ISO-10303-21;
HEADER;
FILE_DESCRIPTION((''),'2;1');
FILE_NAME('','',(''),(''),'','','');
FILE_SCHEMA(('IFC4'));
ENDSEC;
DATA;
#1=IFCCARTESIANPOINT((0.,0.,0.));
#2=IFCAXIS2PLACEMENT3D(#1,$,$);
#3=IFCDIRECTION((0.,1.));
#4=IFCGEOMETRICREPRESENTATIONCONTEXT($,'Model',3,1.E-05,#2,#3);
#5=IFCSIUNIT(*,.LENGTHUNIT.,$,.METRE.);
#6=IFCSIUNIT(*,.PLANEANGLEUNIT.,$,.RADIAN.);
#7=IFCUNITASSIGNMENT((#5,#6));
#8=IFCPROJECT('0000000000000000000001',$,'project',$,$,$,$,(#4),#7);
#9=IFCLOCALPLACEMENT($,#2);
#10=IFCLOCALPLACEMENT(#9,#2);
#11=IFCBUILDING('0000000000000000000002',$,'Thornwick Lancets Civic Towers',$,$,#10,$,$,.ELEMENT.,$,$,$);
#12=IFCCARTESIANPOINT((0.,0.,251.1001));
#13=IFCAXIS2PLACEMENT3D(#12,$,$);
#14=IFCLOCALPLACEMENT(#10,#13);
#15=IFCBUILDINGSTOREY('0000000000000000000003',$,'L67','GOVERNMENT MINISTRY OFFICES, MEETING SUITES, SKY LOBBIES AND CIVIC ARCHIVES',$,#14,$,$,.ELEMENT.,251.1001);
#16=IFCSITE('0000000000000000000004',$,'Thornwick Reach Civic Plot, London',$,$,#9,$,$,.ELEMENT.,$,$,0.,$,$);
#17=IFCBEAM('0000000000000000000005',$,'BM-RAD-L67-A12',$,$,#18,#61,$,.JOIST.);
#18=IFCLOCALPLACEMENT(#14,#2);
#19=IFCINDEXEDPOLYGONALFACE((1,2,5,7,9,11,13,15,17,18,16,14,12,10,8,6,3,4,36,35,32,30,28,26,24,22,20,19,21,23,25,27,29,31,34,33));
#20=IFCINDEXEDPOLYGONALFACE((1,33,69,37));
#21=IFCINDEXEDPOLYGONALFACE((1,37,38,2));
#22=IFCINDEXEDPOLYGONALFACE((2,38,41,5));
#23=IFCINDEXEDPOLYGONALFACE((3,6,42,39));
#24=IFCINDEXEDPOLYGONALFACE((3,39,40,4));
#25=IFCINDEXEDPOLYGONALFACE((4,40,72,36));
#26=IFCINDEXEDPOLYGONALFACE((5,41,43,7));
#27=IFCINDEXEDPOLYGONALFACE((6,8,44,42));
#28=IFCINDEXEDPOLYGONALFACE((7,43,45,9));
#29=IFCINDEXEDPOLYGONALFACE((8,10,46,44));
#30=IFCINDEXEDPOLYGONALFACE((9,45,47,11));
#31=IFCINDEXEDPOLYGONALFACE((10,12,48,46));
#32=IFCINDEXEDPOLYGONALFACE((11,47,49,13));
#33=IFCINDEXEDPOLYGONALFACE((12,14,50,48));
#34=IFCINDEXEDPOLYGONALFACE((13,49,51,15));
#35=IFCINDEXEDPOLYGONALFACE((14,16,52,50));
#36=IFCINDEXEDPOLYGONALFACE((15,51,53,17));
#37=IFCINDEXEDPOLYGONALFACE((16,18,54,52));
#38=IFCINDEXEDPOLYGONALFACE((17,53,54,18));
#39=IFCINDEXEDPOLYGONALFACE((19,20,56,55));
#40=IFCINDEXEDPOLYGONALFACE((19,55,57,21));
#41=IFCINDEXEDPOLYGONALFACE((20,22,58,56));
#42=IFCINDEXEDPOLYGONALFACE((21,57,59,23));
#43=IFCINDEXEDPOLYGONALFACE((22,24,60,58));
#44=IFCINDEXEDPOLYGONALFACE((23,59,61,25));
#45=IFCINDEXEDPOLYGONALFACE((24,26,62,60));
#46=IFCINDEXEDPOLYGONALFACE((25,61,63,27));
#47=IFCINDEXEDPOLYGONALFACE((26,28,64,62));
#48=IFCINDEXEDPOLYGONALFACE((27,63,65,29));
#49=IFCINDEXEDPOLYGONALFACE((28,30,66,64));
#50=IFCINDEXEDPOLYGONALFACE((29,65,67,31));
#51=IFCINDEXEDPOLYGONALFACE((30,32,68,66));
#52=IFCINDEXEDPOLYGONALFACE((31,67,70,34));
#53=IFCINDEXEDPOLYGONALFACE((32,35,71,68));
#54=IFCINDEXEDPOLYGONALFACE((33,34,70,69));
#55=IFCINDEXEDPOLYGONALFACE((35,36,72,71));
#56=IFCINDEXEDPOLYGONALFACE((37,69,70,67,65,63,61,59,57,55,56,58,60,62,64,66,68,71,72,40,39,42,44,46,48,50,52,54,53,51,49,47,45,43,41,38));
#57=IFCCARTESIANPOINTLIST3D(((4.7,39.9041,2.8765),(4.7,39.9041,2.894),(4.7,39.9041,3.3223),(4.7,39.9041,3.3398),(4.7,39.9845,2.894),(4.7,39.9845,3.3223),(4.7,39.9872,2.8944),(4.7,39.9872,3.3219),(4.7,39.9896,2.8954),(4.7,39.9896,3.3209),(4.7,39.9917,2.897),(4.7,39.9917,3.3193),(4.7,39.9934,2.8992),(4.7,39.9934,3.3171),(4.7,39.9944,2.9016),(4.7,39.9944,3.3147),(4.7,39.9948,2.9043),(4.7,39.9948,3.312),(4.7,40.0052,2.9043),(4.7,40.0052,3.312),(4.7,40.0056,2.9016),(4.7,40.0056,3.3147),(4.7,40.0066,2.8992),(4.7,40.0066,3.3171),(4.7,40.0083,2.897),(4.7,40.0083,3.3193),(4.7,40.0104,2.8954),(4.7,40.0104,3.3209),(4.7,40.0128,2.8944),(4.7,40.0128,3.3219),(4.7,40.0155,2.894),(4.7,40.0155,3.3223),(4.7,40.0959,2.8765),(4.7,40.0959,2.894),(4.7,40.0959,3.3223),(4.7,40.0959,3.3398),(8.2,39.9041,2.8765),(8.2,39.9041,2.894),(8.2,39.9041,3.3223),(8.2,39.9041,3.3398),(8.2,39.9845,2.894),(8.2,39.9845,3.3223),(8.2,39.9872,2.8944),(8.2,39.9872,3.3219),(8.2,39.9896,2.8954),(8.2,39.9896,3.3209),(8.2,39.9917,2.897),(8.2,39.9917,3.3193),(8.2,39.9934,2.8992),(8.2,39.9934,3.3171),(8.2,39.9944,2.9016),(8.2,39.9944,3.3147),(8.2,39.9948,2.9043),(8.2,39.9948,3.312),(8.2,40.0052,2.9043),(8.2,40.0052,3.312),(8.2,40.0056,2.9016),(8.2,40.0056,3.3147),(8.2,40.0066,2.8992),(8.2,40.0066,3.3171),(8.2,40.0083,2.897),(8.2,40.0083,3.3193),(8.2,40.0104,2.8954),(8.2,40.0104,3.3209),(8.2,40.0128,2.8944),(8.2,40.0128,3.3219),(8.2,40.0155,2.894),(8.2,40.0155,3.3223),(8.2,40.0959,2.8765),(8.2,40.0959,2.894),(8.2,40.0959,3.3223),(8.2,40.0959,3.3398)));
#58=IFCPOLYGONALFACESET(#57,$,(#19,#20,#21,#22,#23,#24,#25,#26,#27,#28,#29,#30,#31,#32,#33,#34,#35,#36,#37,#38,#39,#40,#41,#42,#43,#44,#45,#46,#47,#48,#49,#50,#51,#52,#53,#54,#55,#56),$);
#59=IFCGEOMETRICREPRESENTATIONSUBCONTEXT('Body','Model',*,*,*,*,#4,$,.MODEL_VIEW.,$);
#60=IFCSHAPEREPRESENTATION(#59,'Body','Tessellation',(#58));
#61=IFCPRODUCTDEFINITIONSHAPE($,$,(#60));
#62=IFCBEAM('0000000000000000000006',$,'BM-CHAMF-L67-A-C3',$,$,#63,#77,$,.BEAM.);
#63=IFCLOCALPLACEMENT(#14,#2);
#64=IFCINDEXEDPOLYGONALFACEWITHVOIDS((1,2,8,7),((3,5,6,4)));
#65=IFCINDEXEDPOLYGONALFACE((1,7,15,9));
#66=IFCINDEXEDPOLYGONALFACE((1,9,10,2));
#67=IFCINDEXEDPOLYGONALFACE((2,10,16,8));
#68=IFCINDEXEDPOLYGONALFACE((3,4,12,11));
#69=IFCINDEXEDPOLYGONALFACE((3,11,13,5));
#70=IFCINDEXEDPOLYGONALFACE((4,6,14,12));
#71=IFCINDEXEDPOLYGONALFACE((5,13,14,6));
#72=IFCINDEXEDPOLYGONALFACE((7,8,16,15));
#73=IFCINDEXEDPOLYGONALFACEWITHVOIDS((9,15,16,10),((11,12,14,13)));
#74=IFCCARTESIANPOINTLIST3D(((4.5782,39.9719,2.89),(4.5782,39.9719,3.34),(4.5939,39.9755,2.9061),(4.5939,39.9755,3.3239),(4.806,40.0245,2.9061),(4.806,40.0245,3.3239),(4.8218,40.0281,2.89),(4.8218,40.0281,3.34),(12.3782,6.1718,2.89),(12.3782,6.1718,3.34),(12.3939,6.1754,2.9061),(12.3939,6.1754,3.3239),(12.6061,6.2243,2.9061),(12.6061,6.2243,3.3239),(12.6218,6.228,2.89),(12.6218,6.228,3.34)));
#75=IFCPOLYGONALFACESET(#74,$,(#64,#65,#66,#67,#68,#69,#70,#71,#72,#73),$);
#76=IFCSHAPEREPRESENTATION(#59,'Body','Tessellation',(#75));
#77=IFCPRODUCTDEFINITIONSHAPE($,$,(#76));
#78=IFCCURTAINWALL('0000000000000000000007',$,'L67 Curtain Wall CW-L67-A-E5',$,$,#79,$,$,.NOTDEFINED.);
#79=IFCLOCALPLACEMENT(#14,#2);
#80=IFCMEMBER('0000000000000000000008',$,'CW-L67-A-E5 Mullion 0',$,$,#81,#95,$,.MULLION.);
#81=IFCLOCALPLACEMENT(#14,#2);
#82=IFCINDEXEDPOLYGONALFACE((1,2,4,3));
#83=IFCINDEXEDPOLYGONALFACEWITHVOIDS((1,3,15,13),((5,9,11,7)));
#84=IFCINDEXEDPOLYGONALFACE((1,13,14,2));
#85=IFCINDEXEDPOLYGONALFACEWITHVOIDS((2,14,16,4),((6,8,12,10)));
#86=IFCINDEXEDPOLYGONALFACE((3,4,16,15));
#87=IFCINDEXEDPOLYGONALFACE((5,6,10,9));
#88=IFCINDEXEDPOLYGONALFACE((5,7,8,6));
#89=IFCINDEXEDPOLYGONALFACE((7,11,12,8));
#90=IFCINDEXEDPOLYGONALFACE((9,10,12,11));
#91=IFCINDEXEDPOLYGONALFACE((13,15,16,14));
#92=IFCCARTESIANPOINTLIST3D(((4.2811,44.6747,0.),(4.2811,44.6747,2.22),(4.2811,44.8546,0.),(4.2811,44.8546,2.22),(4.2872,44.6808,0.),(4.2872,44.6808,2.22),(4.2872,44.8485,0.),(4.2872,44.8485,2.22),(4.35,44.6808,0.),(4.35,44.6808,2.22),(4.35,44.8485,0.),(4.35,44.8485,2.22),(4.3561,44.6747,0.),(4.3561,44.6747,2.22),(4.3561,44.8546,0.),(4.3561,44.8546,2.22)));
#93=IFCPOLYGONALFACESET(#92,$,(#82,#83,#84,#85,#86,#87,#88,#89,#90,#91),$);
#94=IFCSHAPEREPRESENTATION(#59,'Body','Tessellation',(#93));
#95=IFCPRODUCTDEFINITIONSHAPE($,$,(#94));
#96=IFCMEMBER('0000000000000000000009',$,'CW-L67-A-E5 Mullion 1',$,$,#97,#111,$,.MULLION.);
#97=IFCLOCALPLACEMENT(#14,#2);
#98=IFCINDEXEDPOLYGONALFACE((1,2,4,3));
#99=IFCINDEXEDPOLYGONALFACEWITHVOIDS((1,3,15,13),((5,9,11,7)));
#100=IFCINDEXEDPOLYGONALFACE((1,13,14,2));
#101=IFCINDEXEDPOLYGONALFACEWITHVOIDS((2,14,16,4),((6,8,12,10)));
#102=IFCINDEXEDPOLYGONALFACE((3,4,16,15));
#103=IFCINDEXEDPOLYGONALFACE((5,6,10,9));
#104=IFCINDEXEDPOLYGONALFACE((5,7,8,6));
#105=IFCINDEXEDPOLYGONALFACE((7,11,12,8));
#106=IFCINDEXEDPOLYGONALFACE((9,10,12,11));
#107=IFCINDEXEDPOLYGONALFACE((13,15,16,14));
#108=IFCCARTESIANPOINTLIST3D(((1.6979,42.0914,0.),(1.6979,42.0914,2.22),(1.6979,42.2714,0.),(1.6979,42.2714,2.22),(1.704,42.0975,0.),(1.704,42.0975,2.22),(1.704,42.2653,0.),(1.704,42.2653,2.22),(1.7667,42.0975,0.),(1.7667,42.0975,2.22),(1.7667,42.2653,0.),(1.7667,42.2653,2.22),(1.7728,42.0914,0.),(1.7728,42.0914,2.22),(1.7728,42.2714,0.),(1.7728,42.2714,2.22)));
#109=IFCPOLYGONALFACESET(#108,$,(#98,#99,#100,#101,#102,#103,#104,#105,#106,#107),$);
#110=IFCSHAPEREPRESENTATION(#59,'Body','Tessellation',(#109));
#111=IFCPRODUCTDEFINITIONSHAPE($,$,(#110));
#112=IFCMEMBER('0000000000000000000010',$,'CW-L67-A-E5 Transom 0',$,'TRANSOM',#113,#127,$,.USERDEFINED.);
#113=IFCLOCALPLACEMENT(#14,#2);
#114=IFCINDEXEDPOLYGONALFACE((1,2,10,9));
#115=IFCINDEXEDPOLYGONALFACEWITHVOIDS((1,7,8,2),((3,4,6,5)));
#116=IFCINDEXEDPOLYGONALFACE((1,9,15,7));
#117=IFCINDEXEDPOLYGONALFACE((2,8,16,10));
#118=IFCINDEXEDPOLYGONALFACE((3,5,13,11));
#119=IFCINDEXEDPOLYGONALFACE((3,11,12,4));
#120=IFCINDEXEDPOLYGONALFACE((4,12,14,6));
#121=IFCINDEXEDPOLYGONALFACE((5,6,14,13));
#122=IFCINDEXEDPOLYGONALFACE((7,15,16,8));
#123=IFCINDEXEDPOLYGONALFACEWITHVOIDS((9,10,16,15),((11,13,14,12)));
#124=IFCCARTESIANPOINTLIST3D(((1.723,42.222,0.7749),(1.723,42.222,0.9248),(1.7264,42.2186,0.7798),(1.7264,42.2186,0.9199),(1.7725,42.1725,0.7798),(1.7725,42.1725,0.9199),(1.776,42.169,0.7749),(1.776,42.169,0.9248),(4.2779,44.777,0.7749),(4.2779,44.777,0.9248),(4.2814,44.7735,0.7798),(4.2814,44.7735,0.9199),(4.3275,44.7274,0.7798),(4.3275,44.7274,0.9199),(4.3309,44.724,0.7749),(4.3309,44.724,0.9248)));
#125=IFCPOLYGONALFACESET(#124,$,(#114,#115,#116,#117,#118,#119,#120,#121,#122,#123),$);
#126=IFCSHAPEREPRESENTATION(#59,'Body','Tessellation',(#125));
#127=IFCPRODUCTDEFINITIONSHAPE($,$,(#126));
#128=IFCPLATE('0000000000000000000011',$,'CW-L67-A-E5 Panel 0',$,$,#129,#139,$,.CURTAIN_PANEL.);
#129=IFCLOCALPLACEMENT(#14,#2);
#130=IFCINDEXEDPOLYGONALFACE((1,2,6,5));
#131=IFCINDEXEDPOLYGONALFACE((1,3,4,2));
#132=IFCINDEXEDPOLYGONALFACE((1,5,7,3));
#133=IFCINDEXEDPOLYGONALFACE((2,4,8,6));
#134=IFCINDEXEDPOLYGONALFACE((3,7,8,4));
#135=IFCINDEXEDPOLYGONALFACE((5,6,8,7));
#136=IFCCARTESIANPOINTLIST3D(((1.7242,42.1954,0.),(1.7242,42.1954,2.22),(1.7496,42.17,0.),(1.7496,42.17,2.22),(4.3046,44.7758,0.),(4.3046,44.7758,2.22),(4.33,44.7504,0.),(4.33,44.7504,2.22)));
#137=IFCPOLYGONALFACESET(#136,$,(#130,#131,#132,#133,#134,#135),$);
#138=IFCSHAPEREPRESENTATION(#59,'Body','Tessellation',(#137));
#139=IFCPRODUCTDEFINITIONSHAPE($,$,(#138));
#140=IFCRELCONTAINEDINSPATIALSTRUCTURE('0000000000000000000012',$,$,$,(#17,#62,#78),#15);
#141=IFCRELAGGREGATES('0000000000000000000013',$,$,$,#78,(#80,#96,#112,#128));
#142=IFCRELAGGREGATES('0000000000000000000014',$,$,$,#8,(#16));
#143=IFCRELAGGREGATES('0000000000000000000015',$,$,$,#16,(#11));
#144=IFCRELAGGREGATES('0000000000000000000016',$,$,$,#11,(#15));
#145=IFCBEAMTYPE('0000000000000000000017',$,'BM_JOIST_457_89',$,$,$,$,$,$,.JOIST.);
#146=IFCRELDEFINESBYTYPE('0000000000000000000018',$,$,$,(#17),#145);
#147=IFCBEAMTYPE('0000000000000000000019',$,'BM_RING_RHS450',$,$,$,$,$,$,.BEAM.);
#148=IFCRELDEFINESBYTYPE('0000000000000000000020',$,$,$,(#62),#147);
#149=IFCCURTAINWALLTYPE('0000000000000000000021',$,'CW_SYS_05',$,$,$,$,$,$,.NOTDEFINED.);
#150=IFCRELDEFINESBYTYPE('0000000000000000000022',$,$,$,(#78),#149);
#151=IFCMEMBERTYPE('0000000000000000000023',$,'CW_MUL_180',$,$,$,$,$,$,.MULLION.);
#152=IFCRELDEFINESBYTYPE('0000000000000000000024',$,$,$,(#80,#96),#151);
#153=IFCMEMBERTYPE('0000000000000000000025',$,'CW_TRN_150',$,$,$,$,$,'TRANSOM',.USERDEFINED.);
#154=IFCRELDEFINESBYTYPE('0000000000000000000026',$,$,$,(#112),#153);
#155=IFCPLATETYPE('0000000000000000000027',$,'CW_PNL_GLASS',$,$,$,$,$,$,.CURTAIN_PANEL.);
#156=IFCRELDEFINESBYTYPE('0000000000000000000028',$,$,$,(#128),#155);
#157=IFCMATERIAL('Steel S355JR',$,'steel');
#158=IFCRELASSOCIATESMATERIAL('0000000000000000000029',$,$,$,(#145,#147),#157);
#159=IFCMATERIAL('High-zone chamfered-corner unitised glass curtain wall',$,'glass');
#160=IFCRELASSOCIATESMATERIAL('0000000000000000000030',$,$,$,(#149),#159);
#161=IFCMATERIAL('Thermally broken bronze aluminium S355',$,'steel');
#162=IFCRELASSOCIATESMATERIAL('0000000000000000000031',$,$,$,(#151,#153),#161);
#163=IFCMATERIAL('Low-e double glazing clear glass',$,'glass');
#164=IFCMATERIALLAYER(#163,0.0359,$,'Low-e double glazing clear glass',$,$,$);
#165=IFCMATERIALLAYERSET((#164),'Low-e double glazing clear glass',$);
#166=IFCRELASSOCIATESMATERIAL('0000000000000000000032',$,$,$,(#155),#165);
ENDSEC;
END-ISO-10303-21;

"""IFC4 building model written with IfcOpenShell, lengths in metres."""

from ifc_helpers import new_model, si_unit, direction, frame, origin, origin_2d, place, context, subcontext, project, spatial, rectangle, hollow_rectangle, i_section, extrude, material, layer, layer_set, material_profile, profile_set, type_object, element, aggregate, save


model = new_model("IFC4")

# Units and contexts
model_context = context("Model", 3, precision=1e-05, world=origin(), true_north=direction((0.0, 1.0)))
body_context = subcontext(model_context, "Body", "Model", "MODEL_VIEW")
ifc_project = project(units=[si_unit("LENGTHUNIT", "METRE"), si_unit("PLANEANGLEUNIT", "RADIAN")], contexts=[model_context])

# Site, building, storey
site_placement = place(None, origin())
site = spatial("IfcSite", under=ifc_project, at=site_placement, Name="Thornwick Reach Civic Plot, London", CompositionType="ELEMENT", RefElevation=0.0)
building_placement = place(site_placement, origin())
building = spatial("IfcBuilding", under=site, at=building_placement, Name="Thornwick Lancets Civic Towers", CompositionType="ELEMENT")
storey_placement = place(building_placement, frame((0.0, 0.0, 251.1001)))
storey = spatial("IfcBuildingStorey", under=building, at=storey_placement, Name="L67", Description="GOVERNMENT MINISTRY OFFICES, MEETING SUITES, SKY LOBBIES AND CIVIC ARCHIVES", CompositionType="ELEMENT", Elevation=251.1001)

# Shared definitions
ifc_material_1 = material(Name="Steel S355JR", Category="steel")

# Beams
ifc_material_profile_1 = material_profile(ifc_material_1, i_section(OverallWidth=0.1919, OverallDepth=0.4634, WebThickness=0.0105, FlangeThickness=0.0176, FilletRadius=0.0103, at=origin_2d()), Name="UKB 457x191x89")
ifc_profile_set_1 = profile_set([ifc_material_profile_1], Name="Steel S355JR")
beam_type_1 = type_object("IfcBeamType", Name="BM_JOIST_457_89", PredefinedType="JOIST", material=ifc_profile_set_1)
beam_1_placement = place(storey_placement, frame((8.2, 40.0, 3.1082), z_axis=(-1.0, 0.0, 0.0), x_axis=(0.0, -1.0, 0.0)))
element("IfcBeam", 1, at=beam_1_placement, inside=storey, type_object=beam_type_1, Name="BM-RAD-L67-A12", PredefinedType="JOIST", context=body_context, shape_type="SweptSolid", body=[
    extrude(i_section(OverallWidth=0.1919, OverallDepth=0.4634, WebThickness=0.0105, FlangeThickness=0.0176, FilletRadius=0.0103, at=origin_2d()), origin(), (0.0, 0.0, 1.0), 3.5),
])
ifc_material_profile_2 = material_profile(ifc_material_1, hollow_rectangle(XDim=0.25, YDim=0.45, WallThickness=0.0161, at=origin_2d()), Name="RHS 450x250x16")
ifc_profile_set_2 = profile_set([ifc_material_profile_2], Name="Steel S355JR")
beam_type_2 = type_object("IfcBeamType", Name="BM_RING_RHS450", PredefinedType="BEAM", material=ifc_profile_set_2)
beam_2_placement = place(storey_placement, frame((4.7, 40.0, 3.115), z_axis=(0.224861, -0.974391, 0.0), x_axis=(0.974391, 0.224861, 0.0)))
element("IfcBeam", 2, at=beam_2_placement, inside=storey, type_object=beam_type_2, Name="BM-CHAMF-L67-A-C3", PredefinedType="BEAM", context=body_context, shape_type="SweptSolid", body=[
    extrude(hollow_rectangle(XDim=0.25, YDim=0.45, WallThickness=0.0161, at=origin_2d()), origin(), (0.0, 0.0, 1.0), 34.6885),
])

# Curtain wall, members, plate
ifc_material_2 = material(Name="High-zone chamfered-corner unitised glass curtain wall", Category="glass")
curtain_wall_type = type_object("IfcCurtainWallType", Name="CW_SYS_05", PredefinedType="NOTDEFINED", material=ifc_material_2)
curtain_wall_placement = place(storey_placement, origin())
curtain_wall = element("IfcCurtainWall", 3, at=curtain_wall_placement, inside=storey, type_object=curtain_wall_type, Name="L67 Curtain Wall CW-L67-A-E5", PredefinedType="NOTDEFINED")
ifc_material_3 = material(Name="Thermally broken bronze aluminium S355", Category="steel")
ifc_material_profile_3 = material_profile(ifc_material_3, hollow_rectangle(XDim=0.075, YDim=0.1799, WallThickness=0.0061, at=origin_2d()), Name="RHS 180x75x6")
ifc_profile_set_3 = profile_set([ifc_material_profile_3], Name="Thermally broken bronze aluminium S355")
member_type_1 = type_object("IfcMemberType", Name="CW_MUL_180", PredefinedType="MULLION", material=ifc_profile_set_3)
member_1_placement = place(storey_placement, frame((4.3186, 44.7646, 0.0), z_axis=(0.0, 0.0, 1.0), x_axis=(1.0, 0.0, 0.0)))
member_1 = element("IfcMember", 4, at=member_1_placement, type_object=member_type_1, Name="CW-L67-A-E5 Mullion 0", PredefinedType="MULLION", context=body_context, shape_type="SweptSolid", body=[
    extrude(hollow_rectangle(XDim=0.075, YDim=0.1799, WallThickness=0.0061, at=origin_2d()), origin(), (0.0, 0.0, 1.0), 2.22),
])
member_2_placement = place(storey_placement, frame((1.7354, 42.1814, 0.0), z_axis=(0.0, 0.0, 1.0), x_axis=(1.0, 0.0, 0.0)))
member_2 = element("IfcMember", 5, at=member_2_placement, type_object=member_type_1, Name="CW-L67-A-E5 Mullion 1", PredefinedType="MULLION", context=body_context, shape_type="SweptSolid", body=[
    extrude(hollow_rectangle(XDim=0.075, YDim=0.1799, WallThickness=0.0061, at=origin_2d()), origin(), (0.0, 0.0, 1.0), 2.22),
])
ifc_material_profile_4 = material_profile(ifc_material_3, hollow_rectangle(XDim=0.075, YDim=0.1499, WallThickness=0.0049, at=origin_2d()), Name="RHS 150x75x5")
ifc_profile_set_4 = profile_set([ifc_material_profile_4], Name="Thermally broken bronze aluminium S355")
member_type_2 = type_object("IfcMemberType", Name="CW_TRN_150", ElementType="TRANSOM", PredefinedType="USERDEFINED", material=ifc_profile_set_4)
member_3_placement = place(storey_placement, frame((4.3044, 44.7505, 0.8499), z_axis=(-0.707107, -0.707107, 0.0), x_axis=(0.707107, -0.707107, 0.0)))
member_3 = element("IfcMember", 6, at=member_3_placement, type_object=member_type_2, Name="CW-L67-A-E5 Transom 0", ObjectType="TRANSOM", PredefinedType="USERDEFINED", context=body_context, shape_type="SweptSolid", body=[
    extrude(hollow_rectangle(XDim=0.075, YDim=0.1499, WallThickness=0.0049, at=origin_2d()), origin(), (0.0, 0.0, 1.0), 3.6133),
])
ifc_material_4 = material(Name="Low-e double glazing clear glass", Category="glass")
ifc_layer_1 = layer(ifc_material_4, 0.0359, Name="Low-e double glazing clear glass")
ifc_layer_set_1 = layer_set([ifc_layer_1], Name="Low-e double glazing clear glass")
plate_type = type_object("IfcPlateType", Name="CW_PNL_GLASS", PredefinedType="CURTAIN_PANEL", material=ifc_layer_set_1)
plate_placement = place(storey_placement, frame((3.0271, 43.4729, 0.0), z_axis=(0.0, 0.0, 1.0), x_axis=(-0.707107, -0.707107, 0.0)))
plate = element("IfcPlate", 7, at=plate_placement, type_object=plate_type, Name="CW-L67-A-E5 Panel 0", PredefinedType="CURTAIN_PANEL", context=body_context, shape_type="SweptSolid", body=[
    extrude(rectangle(XDim=3.6492, YDim=0.0359, at=origin_2d()), origin(), (0.0, 0.0, 1.0), 2.22),
])
aggregate(curtain_wall, [member_1, member_2, member_3, plate])

save(model, "model.ifc")
